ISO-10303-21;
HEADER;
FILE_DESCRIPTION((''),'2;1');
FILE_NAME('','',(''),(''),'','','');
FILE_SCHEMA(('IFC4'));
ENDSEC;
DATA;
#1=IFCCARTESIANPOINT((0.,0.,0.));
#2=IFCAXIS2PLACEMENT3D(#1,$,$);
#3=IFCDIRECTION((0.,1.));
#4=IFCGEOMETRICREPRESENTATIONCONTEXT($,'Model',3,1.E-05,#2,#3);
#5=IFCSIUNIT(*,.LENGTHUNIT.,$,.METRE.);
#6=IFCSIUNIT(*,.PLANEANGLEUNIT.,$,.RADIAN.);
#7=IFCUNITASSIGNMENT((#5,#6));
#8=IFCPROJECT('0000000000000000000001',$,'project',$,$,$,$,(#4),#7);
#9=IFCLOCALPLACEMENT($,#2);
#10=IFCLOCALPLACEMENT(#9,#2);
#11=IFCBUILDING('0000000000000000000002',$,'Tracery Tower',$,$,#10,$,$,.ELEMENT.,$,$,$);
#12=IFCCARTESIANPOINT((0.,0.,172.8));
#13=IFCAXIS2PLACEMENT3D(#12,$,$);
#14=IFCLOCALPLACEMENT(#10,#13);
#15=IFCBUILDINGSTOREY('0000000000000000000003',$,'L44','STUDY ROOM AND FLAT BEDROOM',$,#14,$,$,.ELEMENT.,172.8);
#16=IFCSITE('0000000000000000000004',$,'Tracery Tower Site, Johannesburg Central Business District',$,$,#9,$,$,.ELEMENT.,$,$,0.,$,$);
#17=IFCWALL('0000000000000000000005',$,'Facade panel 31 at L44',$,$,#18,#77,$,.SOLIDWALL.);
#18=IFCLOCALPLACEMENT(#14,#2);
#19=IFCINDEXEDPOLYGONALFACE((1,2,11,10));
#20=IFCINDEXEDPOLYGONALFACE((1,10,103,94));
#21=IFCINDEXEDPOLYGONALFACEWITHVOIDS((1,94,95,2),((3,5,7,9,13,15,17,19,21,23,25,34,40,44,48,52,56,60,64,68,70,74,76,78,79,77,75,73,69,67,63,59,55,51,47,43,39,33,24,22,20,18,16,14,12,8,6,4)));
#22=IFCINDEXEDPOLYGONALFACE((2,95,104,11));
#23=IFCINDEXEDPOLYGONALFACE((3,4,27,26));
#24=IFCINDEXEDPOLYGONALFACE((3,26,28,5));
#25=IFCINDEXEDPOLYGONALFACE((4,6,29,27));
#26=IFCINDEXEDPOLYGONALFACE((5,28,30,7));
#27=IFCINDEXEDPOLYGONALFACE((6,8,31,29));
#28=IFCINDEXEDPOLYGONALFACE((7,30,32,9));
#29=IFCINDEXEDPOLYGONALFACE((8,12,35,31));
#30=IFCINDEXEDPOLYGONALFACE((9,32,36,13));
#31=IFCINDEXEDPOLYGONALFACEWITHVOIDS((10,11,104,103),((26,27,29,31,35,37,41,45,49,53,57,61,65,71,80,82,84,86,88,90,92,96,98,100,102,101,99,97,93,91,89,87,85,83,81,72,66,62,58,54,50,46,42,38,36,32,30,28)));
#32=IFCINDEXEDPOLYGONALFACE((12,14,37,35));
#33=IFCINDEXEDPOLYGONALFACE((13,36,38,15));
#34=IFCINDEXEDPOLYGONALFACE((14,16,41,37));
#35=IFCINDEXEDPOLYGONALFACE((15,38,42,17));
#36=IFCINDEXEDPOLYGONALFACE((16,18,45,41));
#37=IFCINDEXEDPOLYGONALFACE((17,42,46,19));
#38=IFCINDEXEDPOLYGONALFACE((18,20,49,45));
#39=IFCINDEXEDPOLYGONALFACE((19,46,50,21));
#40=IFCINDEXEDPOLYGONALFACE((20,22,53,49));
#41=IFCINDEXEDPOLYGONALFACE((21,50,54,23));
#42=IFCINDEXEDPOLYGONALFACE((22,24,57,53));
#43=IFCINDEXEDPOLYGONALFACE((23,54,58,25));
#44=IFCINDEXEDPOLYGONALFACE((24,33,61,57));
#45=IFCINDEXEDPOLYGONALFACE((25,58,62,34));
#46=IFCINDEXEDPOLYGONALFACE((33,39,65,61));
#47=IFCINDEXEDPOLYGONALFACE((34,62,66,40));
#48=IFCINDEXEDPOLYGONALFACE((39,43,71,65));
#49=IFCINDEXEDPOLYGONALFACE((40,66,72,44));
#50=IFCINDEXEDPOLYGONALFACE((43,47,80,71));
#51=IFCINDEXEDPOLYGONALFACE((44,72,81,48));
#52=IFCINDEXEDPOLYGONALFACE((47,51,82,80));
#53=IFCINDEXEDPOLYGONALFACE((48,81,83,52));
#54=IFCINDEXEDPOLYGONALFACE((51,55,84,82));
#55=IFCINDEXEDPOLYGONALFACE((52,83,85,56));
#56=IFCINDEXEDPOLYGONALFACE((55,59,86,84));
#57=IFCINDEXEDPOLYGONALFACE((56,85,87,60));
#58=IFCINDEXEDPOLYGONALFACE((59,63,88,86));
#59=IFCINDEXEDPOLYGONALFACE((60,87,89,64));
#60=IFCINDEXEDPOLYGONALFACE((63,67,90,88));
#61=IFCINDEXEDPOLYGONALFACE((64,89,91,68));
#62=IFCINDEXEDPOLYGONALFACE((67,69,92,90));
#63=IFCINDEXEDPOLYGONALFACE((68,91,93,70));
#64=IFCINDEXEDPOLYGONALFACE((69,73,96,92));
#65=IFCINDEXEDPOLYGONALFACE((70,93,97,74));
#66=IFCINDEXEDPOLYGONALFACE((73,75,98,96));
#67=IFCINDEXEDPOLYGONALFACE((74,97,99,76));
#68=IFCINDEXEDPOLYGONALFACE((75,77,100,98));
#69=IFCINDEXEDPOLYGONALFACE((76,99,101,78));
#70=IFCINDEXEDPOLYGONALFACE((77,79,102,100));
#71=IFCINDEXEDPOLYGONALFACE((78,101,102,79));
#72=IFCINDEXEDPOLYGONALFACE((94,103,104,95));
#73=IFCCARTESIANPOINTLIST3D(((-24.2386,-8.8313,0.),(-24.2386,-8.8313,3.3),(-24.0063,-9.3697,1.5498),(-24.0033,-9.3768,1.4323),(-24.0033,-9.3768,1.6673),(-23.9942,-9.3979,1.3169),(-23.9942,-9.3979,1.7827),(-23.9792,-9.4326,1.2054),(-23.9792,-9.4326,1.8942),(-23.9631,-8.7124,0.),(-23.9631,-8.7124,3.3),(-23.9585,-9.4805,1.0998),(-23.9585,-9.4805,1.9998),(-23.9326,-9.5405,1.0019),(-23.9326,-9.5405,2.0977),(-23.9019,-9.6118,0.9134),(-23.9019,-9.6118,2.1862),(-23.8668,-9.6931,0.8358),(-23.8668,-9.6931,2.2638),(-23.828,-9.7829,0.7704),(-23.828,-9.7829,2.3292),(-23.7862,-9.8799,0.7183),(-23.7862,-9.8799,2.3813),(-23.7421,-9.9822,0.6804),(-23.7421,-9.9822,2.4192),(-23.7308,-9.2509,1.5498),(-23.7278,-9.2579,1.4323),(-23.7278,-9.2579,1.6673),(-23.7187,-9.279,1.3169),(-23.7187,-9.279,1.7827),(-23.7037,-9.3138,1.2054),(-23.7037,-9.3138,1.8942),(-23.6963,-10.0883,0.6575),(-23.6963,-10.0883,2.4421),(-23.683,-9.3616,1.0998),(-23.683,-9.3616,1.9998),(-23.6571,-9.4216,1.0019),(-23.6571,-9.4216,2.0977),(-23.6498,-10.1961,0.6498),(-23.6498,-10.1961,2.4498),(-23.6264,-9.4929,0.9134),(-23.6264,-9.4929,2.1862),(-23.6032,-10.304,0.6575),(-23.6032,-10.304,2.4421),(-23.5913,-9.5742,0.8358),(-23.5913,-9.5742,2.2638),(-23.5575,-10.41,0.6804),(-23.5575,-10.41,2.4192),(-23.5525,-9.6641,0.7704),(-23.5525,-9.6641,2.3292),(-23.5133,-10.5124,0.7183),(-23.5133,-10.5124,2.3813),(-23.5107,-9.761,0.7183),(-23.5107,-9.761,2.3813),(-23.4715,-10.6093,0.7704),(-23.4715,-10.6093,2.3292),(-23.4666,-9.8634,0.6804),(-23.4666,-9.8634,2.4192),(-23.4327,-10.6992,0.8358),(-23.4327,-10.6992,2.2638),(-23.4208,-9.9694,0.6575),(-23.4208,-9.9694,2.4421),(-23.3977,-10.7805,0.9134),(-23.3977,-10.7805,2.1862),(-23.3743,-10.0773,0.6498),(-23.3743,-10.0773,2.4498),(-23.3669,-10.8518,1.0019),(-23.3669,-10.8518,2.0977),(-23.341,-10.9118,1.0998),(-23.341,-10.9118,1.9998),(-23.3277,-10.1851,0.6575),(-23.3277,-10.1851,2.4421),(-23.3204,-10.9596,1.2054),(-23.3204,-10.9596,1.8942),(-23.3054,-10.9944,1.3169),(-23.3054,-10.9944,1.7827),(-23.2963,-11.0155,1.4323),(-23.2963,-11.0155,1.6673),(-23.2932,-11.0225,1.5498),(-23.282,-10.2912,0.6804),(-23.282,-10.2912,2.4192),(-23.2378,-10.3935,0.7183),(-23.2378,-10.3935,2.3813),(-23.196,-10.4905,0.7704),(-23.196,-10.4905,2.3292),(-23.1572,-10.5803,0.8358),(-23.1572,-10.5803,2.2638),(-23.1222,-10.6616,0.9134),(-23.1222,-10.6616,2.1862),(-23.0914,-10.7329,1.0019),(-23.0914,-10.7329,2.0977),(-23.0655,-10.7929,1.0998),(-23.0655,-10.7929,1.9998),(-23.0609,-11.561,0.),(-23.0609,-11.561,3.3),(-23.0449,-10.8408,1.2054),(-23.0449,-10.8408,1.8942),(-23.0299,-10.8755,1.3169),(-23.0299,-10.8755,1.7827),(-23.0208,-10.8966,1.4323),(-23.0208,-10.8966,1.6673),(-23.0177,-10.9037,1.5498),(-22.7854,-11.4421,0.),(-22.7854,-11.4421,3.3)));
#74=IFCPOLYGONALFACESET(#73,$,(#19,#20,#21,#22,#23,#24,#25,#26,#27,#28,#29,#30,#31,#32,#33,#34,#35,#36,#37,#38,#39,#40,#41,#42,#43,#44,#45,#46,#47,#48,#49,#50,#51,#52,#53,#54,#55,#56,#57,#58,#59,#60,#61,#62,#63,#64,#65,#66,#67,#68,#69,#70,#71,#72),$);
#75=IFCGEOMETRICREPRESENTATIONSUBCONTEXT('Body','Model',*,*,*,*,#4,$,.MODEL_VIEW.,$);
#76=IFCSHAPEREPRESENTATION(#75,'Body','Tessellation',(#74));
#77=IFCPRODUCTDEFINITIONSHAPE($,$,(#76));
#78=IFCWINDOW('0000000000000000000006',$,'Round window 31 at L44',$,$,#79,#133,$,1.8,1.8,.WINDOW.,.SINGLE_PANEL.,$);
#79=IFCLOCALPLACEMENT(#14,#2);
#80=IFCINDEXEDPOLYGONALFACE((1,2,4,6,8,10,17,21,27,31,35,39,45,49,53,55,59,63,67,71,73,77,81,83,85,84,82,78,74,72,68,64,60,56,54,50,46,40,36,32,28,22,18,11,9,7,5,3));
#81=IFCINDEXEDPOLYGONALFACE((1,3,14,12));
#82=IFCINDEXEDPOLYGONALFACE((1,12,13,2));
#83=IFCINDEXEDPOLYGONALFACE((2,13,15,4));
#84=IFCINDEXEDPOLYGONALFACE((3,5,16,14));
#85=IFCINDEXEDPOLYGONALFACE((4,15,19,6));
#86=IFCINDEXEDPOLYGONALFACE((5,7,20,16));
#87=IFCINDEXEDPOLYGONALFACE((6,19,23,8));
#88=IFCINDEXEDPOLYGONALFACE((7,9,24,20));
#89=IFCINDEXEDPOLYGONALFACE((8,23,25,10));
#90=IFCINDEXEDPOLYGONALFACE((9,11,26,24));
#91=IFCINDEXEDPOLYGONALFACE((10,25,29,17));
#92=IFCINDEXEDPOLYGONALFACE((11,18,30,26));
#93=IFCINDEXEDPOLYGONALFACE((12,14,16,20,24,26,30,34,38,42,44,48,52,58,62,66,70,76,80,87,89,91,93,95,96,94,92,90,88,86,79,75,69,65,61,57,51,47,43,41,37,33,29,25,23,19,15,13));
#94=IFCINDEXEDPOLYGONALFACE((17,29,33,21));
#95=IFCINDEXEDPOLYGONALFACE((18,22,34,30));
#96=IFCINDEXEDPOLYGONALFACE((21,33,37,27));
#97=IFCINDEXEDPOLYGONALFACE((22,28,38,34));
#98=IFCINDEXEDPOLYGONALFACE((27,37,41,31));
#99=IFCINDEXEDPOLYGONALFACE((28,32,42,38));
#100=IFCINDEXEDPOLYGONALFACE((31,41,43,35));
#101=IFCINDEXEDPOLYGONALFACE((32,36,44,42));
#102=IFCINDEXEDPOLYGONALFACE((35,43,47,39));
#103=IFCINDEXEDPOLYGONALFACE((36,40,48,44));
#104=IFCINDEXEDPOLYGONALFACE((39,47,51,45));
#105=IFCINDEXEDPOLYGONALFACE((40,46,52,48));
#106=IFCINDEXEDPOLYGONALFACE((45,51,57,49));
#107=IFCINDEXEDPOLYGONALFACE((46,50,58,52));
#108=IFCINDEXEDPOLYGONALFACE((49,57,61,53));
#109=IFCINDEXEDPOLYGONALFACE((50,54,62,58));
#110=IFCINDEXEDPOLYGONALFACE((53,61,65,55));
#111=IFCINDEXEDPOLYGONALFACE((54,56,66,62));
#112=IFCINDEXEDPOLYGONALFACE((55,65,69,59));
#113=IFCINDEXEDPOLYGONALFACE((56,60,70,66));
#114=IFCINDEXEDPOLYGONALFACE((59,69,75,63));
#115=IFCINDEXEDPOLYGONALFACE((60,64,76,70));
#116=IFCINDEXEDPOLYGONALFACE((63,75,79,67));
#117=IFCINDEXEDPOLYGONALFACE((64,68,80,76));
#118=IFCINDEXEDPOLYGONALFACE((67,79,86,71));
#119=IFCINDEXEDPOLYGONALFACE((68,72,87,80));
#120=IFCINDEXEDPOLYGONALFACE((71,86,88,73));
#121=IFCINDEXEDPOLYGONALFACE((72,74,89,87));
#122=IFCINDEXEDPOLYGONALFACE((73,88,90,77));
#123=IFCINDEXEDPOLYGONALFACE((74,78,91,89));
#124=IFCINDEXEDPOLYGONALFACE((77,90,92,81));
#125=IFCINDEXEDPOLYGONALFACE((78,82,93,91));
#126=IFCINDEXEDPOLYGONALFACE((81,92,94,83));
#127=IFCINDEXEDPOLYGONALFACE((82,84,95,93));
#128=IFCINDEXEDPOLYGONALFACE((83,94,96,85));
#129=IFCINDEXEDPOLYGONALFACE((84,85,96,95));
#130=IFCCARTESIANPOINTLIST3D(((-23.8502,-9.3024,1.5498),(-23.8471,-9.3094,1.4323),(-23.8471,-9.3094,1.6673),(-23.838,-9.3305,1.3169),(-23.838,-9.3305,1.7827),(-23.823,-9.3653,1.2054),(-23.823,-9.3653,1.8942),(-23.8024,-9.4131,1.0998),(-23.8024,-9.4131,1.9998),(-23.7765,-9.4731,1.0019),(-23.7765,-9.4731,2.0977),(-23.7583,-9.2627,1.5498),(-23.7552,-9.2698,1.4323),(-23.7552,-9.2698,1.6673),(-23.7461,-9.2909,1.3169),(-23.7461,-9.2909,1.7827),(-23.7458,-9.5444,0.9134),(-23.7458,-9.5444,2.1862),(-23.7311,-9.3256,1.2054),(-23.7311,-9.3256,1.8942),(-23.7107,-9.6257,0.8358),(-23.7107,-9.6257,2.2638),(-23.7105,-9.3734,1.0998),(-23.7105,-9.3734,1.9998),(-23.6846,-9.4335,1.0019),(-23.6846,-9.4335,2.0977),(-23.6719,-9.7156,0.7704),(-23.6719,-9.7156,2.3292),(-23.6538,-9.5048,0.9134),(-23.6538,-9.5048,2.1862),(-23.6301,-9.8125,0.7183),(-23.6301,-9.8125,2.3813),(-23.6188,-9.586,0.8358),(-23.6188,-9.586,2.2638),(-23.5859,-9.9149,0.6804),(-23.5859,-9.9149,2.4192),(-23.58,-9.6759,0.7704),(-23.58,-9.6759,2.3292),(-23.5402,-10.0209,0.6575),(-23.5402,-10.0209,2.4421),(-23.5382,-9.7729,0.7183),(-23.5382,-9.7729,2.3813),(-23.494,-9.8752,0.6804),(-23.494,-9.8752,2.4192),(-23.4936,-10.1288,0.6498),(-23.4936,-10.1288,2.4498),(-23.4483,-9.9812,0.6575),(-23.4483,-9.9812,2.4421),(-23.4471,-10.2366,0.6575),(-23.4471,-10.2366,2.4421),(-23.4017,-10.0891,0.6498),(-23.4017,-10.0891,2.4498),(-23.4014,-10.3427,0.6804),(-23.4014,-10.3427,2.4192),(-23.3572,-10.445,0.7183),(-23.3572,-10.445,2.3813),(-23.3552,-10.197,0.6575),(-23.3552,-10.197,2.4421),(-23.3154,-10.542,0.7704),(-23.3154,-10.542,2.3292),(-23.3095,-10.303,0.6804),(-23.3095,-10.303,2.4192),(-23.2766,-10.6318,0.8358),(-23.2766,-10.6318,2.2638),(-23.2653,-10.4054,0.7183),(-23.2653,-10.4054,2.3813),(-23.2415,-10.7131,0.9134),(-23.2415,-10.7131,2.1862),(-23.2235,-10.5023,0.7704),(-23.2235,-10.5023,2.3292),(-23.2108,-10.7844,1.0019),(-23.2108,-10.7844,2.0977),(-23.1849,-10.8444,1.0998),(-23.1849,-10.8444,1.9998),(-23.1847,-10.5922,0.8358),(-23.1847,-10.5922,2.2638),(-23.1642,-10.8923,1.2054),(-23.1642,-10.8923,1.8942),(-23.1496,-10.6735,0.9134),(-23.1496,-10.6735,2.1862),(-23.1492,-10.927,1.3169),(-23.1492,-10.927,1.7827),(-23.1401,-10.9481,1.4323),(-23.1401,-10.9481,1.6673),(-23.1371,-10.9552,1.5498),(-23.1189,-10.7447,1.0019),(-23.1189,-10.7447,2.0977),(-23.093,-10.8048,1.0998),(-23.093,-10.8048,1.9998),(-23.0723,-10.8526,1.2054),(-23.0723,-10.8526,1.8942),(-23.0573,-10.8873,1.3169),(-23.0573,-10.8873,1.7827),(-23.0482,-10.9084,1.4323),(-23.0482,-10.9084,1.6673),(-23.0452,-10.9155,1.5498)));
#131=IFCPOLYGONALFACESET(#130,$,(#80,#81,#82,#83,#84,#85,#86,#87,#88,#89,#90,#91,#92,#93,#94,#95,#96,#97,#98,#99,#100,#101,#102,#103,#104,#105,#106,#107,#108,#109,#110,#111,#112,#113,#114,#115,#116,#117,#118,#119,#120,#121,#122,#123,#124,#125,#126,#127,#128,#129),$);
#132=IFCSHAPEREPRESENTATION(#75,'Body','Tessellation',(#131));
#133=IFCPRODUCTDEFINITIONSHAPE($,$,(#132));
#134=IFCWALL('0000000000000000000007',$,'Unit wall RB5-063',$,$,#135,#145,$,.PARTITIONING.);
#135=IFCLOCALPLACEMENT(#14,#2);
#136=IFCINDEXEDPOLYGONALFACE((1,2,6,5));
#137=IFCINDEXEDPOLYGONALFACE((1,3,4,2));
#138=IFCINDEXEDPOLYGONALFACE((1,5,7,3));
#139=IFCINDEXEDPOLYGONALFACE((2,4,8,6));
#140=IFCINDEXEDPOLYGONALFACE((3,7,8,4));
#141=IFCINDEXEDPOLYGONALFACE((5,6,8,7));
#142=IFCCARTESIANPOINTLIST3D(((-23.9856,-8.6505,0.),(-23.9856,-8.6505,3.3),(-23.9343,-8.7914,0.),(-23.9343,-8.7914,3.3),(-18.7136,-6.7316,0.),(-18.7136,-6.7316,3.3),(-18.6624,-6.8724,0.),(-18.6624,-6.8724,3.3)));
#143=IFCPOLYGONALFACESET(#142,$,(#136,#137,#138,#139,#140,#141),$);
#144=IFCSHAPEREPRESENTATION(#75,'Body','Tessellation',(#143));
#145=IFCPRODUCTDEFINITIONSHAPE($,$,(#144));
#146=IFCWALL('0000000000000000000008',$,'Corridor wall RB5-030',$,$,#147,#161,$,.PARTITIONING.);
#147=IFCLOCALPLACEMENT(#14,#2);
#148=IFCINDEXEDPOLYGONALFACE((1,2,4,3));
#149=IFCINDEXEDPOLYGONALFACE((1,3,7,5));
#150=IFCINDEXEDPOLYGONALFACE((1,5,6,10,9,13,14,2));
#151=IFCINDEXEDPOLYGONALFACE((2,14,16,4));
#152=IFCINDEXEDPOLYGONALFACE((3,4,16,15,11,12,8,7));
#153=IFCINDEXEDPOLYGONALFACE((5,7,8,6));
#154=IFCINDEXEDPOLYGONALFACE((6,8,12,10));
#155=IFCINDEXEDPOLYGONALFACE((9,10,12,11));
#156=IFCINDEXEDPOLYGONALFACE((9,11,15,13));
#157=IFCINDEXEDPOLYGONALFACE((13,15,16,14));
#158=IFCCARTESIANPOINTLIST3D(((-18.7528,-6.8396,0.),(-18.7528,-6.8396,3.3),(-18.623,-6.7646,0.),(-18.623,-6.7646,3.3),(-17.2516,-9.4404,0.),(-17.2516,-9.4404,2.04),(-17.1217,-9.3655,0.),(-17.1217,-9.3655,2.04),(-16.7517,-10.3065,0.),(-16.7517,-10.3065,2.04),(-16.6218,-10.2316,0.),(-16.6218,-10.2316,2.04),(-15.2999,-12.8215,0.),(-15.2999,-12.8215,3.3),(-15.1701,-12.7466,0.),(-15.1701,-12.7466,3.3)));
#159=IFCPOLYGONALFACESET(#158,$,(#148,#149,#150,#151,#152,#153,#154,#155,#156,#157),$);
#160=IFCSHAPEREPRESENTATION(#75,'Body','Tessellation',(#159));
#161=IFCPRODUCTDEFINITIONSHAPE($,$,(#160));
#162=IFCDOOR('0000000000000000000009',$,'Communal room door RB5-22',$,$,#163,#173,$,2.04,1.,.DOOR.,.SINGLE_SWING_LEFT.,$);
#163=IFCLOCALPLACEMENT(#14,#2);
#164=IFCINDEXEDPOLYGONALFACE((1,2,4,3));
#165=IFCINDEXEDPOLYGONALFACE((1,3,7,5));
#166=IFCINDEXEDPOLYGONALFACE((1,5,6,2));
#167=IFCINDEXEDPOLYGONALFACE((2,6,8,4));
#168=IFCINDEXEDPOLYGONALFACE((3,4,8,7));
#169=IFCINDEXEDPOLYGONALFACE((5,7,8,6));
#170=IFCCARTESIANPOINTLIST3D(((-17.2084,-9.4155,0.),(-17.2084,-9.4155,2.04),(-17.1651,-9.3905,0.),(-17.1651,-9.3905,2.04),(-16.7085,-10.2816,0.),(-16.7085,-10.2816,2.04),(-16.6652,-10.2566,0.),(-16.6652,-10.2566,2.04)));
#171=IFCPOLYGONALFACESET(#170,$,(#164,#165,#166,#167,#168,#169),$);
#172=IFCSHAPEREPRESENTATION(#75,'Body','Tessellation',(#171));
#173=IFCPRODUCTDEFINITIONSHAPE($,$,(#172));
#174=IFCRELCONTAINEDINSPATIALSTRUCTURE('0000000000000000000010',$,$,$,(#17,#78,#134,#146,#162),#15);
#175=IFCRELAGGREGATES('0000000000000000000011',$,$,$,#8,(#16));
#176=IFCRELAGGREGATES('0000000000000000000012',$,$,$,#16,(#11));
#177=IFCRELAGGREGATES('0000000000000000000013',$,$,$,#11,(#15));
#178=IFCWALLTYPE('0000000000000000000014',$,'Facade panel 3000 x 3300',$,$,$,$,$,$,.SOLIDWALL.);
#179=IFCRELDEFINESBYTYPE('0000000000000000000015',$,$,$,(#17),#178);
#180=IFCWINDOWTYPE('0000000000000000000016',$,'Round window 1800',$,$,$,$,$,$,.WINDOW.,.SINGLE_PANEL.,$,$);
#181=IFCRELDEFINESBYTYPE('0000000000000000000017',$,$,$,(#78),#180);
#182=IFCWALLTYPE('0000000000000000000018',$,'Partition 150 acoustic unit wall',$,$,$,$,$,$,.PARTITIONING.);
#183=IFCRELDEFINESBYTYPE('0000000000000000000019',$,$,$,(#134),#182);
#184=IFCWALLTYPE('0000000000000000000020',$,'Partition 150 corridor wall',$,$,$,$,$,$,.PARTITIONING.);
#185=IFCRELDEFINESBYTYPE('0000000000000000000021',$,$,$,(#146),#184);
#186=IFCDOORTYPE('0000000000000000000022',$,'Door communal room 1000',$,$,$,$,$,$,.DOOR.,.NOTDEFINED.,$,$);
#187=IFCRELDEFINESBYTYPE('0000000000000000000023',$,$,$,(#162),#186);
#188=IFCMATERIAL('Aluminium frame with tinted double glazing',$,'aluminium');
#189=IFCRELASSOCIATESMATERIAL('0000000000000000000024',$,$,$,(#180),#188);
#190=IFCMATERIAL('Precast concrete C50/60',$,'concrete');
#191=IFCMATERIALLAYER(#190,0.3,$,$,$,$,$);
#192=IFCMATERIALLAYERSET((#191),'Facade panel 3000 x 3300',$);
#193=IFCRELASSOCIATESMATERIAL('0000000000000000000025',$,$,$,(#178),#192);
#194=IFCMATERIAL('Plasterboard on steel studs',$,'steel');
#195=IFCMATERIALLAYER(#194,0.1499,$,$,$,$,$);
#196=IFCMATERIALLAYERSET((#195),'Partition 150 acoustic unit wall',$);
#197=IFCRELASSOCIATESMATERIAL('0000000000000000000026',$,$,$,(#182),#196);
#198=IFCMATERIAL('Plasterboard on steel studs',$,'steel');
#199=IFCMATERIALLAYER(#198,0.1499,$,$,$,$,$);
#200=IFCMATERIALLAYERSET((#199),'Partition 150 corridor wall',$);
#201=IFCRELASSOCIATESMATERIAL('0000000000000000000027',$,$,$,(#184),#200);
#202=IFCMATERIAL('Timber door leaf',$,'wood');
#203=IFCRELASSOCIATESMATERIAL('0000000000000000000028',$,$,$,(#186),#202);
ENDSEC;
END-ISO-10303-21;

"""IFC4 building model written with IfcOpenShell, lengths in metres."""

from ifc_helpers import new_model, si_unit, direction, frame, frame_2d, origin, origin_2d, place, context, subcontext, project, spatial, rectangle, circle, extrude, material, layer, layer_set, type_object, element, fill, save


model = new_model("IFC4")

# Units and contexts
model_context = context("Model", 3, precision=1e-05, world=origin(), true_north=direction((0.0, 1.0)))
body_context = subcontext(model_context, "Body", "Model", "MODEL_VIEW")
ifc_project = project(units=[si_unit("LENGTHUNIT", "METRE"), si_unit("PLANEANGLEUNIT", "RADIAN")], contexts=[model_context])

# Site, building, storey
site_placement = place(None, origin())
site = spatial("IfcSite", under=ifc_project, at=site_placement, Name="Tracery Tower Site, Johannesburg Central Business District", CompositionType="ELEMENT", RefElevation=0.0)
building_placement = place(site_placement, origin())
building = spatial("IfcBuilding", under=site, at=building_placement, Name="Tracery Tower", CompositionType="ELEMENT")
storey_placement = place(building_placement, frame((0.0, 0.0, 172.8)))
storey = spatial("IfcBuildingStorey", under=building, at=storey_placement, Name="L44", Description="STUDY ROOM AND FLAT BEDROOM", CompositionType="ELEMENT", Elevation=172.8)

# Wall, opening, window
ifc_material_1 = material(Name="Aluminium frame with tinted double glazing", Category="aluminium")
window_type = type_object("IfcWindowType", Name="Round window 1800", PartitioningType="SINGLE_PANEL", PredefinedType="WINDOW", material=ifc_material_1)
ifc_material_2 = material(Name="Precast concrete C50/60", Category="concrete")
ifc_layer_1 = layer(ifc_material_2, 0.3)
ifc_layer_set_1 = layer_set([ifc_layer_1], Name="Facade panel 3000 x 3300")
wall_type_1 = type_object("IfcWallType", Name="Facade panel 3000 x 3300", PredefinedType="SOLIDWALL", material=ifc_layer_set_1)
wall_1_placement = place(storey_placement, frame((-24.1008, -8.772, 0.0), z_axis=(0.0, 0.0, 1.0), x_axis=(0.396148, -0.918187, 0.0)))
wall_1 = element("IfcWall", 1, at=wall_1_placement, inside=storey, type_object=wall_type_1, Name="Facade panel 31 at L44", PredefinedType="SOLIDWALL", context=body_context, shape_type="SweptSolid", body=[
    extrude(rectangle(XDim=2.9729, YDim=0.3, at=frame_2d((1.4863, 0.0))), origin(), (0.0, 0.0, 1.0), 3.3),
])
opening_1_placement = place(wall_1_placement, frame((1.4863, 0.0, 1.5498)))
opening_1 = element("IfcOpeningElement", 2, at=opening_1_placement, cuts=wall_1, PredefinedType="OPENING", context=body_context, shape_type="SweptSolid", body=[
    extrude(circle(Radius=0.9, at=origin_2d()), frame((0.0, 0.1599, 0.0), z_axis=(0.0, -1.0, 0.0), x_axis=(1.0, 0.0, 0.0)), (0.0, 0.0, 1.0), 0.3201),
])
window_1_placement = place(opening_1_placement, origin())
window_1 = element("IfcWindow", 3, at=window_1_placement, inside=storey, type_object=window_type, Name="Round window 31 at L44", OverallHeight=1.8, OverallWidth=1.8, PartitioningType="SINGLE_PANEL", PredefinedType="WINDOW", context=body_context, shape_type="SweptSolid", body=[
    extrude(circle(Radius=0.9, at=origin_2d()), frame((0.0, 0.1201, 0.0), z_axis=(0.0, -1.0, 0.0), x_axis=(1.0, 0.0, 0.0)), (0.0, 0.0, 1.0), 0.1001),
])
fill(opening_1, window_1)

# Wall
ifc_material_3 = material(Name="Plasterboard on steel studs", Category="steel")
ifc_layer_2 = layer(ifc_material_3, 0.1499)
ifc_layer_set_2 = layer_set([ifc_layer_2], Name="Partition 150 acoustic unit wall")
wall_type_2 = type_object("IfcWallType", Name="Partition 150 acoustic unit wall", PredefinedType="PARTITIONING", material=ifc_layer_set_2)
wall_2_placement = place(storey_placement, frame((-23.96, -8.7209, 0.0), z_axis=(0.0, 0.0, 1.0), x_axis=(0.939687, 0.342037, 0.0)))
element("IfcWall", 4, at=wall_2_placement, inside=storey, type_object=wall_type_2, Name="Unit wall RB5-063", PredefinedType="PARTITIONING", context=body_context, shape_type="SweptSolid", body=[
    extrude(rectangle(XDim=5.6104, YDim=0.1499, at=frame_2d((2.8052, 0.0))), origin(), (0.0, 0.0, 1.0), 3.3),
])

# Wall, opening, door
ifc_material_4 = material(Name="Plasterboard on steel studs", Category="steel")
ifc_layer_3 = layer(ifc_material_4, 0.1499)
ifc_layer_set_3 = layer_set([ifc_layer_3], Name="Partition 150 corridor wall")
wall_type_3 = type_object("IfcWallType", Name="Partition 150 corridor wall", PredefinedType="PARTITIONING", material=ifc_layer_set_3)
wall_3_placement = place(storey_placement, frame((-18.688, -6.802, 0.0), z_axis=(0.0, 0.0, 1.0), x_axis=(0.499914, -0.866075, 0.0)))
wall_3 = element("IfcWall", 5, at=wall_3_placement, inside=storey, type_object=wall_type_3, Name="Corridor wall RB5-030", PredefinedType="PARTITIONING", context=body_context, shape_type="SweptSolid", body=[
    extrude(rectangle(XDim=6.907, YDim=0.1499, at=frame_2d((3.4536, 0.0))), origin(), (0.0, 0.0, 1.0), 3.3),
])
opening_2_placement = place(wall_3_placement, frame((3.0032, 0.0, 0.0)))
opening_2 = element("IfcOpeningElement", 6, at=opening_2_placement, cuts=wall_3, PredefinedType="OPENING", context=body_context, shape_type="SweptSolid", body=[
    extrude(rectangle(XDim=1.0, YDim=2.04, at=frame_2d((0.5, 1.02))), frame((0.0, 0.075, 0.0), z_axis=(0.0, -1.0, 0.0), x_axis=(1.0, 0.0, 0.0)), (0.0, 0.0, 1.0), 0.1499),
])
ifc_material_5 = material(Name="Timber door leaf", Category="wood")
door_type_1 = type_object("IfcDoorType", Name="Door communal room 1000", OperationType="NOTDEFINED", PredefinedType="DOOR", material=ifc_material_5)
door_1_placement = place(opening_2_placement, origin())
door_1 = element("IfcDoor", 7, at=door_1_placement, inside=storey, type_object=door_type_1, Name="Communal room door RB5-22", OperationType="SINGLE_SWING_LEFT", OverallHeight=2.04, OverallWidth=1.0, PredefinedType="DOOR", context=body_context, shape_type="SweptSolid", body=[
    extrude(rectangle(XDim=1.0, YDim=2.04, at=frame_2d((0.5, 1.02))), frame((0.0, 0.0249, 0.0), z_axis=(0.0, -1.0, 0.0), x_axis=(1.0, 0.0, 0.0)), (0.0, 0.0, 1.0), 0.05),
])
fill(opening_2, door_1)

save(model, "model.ifc")
